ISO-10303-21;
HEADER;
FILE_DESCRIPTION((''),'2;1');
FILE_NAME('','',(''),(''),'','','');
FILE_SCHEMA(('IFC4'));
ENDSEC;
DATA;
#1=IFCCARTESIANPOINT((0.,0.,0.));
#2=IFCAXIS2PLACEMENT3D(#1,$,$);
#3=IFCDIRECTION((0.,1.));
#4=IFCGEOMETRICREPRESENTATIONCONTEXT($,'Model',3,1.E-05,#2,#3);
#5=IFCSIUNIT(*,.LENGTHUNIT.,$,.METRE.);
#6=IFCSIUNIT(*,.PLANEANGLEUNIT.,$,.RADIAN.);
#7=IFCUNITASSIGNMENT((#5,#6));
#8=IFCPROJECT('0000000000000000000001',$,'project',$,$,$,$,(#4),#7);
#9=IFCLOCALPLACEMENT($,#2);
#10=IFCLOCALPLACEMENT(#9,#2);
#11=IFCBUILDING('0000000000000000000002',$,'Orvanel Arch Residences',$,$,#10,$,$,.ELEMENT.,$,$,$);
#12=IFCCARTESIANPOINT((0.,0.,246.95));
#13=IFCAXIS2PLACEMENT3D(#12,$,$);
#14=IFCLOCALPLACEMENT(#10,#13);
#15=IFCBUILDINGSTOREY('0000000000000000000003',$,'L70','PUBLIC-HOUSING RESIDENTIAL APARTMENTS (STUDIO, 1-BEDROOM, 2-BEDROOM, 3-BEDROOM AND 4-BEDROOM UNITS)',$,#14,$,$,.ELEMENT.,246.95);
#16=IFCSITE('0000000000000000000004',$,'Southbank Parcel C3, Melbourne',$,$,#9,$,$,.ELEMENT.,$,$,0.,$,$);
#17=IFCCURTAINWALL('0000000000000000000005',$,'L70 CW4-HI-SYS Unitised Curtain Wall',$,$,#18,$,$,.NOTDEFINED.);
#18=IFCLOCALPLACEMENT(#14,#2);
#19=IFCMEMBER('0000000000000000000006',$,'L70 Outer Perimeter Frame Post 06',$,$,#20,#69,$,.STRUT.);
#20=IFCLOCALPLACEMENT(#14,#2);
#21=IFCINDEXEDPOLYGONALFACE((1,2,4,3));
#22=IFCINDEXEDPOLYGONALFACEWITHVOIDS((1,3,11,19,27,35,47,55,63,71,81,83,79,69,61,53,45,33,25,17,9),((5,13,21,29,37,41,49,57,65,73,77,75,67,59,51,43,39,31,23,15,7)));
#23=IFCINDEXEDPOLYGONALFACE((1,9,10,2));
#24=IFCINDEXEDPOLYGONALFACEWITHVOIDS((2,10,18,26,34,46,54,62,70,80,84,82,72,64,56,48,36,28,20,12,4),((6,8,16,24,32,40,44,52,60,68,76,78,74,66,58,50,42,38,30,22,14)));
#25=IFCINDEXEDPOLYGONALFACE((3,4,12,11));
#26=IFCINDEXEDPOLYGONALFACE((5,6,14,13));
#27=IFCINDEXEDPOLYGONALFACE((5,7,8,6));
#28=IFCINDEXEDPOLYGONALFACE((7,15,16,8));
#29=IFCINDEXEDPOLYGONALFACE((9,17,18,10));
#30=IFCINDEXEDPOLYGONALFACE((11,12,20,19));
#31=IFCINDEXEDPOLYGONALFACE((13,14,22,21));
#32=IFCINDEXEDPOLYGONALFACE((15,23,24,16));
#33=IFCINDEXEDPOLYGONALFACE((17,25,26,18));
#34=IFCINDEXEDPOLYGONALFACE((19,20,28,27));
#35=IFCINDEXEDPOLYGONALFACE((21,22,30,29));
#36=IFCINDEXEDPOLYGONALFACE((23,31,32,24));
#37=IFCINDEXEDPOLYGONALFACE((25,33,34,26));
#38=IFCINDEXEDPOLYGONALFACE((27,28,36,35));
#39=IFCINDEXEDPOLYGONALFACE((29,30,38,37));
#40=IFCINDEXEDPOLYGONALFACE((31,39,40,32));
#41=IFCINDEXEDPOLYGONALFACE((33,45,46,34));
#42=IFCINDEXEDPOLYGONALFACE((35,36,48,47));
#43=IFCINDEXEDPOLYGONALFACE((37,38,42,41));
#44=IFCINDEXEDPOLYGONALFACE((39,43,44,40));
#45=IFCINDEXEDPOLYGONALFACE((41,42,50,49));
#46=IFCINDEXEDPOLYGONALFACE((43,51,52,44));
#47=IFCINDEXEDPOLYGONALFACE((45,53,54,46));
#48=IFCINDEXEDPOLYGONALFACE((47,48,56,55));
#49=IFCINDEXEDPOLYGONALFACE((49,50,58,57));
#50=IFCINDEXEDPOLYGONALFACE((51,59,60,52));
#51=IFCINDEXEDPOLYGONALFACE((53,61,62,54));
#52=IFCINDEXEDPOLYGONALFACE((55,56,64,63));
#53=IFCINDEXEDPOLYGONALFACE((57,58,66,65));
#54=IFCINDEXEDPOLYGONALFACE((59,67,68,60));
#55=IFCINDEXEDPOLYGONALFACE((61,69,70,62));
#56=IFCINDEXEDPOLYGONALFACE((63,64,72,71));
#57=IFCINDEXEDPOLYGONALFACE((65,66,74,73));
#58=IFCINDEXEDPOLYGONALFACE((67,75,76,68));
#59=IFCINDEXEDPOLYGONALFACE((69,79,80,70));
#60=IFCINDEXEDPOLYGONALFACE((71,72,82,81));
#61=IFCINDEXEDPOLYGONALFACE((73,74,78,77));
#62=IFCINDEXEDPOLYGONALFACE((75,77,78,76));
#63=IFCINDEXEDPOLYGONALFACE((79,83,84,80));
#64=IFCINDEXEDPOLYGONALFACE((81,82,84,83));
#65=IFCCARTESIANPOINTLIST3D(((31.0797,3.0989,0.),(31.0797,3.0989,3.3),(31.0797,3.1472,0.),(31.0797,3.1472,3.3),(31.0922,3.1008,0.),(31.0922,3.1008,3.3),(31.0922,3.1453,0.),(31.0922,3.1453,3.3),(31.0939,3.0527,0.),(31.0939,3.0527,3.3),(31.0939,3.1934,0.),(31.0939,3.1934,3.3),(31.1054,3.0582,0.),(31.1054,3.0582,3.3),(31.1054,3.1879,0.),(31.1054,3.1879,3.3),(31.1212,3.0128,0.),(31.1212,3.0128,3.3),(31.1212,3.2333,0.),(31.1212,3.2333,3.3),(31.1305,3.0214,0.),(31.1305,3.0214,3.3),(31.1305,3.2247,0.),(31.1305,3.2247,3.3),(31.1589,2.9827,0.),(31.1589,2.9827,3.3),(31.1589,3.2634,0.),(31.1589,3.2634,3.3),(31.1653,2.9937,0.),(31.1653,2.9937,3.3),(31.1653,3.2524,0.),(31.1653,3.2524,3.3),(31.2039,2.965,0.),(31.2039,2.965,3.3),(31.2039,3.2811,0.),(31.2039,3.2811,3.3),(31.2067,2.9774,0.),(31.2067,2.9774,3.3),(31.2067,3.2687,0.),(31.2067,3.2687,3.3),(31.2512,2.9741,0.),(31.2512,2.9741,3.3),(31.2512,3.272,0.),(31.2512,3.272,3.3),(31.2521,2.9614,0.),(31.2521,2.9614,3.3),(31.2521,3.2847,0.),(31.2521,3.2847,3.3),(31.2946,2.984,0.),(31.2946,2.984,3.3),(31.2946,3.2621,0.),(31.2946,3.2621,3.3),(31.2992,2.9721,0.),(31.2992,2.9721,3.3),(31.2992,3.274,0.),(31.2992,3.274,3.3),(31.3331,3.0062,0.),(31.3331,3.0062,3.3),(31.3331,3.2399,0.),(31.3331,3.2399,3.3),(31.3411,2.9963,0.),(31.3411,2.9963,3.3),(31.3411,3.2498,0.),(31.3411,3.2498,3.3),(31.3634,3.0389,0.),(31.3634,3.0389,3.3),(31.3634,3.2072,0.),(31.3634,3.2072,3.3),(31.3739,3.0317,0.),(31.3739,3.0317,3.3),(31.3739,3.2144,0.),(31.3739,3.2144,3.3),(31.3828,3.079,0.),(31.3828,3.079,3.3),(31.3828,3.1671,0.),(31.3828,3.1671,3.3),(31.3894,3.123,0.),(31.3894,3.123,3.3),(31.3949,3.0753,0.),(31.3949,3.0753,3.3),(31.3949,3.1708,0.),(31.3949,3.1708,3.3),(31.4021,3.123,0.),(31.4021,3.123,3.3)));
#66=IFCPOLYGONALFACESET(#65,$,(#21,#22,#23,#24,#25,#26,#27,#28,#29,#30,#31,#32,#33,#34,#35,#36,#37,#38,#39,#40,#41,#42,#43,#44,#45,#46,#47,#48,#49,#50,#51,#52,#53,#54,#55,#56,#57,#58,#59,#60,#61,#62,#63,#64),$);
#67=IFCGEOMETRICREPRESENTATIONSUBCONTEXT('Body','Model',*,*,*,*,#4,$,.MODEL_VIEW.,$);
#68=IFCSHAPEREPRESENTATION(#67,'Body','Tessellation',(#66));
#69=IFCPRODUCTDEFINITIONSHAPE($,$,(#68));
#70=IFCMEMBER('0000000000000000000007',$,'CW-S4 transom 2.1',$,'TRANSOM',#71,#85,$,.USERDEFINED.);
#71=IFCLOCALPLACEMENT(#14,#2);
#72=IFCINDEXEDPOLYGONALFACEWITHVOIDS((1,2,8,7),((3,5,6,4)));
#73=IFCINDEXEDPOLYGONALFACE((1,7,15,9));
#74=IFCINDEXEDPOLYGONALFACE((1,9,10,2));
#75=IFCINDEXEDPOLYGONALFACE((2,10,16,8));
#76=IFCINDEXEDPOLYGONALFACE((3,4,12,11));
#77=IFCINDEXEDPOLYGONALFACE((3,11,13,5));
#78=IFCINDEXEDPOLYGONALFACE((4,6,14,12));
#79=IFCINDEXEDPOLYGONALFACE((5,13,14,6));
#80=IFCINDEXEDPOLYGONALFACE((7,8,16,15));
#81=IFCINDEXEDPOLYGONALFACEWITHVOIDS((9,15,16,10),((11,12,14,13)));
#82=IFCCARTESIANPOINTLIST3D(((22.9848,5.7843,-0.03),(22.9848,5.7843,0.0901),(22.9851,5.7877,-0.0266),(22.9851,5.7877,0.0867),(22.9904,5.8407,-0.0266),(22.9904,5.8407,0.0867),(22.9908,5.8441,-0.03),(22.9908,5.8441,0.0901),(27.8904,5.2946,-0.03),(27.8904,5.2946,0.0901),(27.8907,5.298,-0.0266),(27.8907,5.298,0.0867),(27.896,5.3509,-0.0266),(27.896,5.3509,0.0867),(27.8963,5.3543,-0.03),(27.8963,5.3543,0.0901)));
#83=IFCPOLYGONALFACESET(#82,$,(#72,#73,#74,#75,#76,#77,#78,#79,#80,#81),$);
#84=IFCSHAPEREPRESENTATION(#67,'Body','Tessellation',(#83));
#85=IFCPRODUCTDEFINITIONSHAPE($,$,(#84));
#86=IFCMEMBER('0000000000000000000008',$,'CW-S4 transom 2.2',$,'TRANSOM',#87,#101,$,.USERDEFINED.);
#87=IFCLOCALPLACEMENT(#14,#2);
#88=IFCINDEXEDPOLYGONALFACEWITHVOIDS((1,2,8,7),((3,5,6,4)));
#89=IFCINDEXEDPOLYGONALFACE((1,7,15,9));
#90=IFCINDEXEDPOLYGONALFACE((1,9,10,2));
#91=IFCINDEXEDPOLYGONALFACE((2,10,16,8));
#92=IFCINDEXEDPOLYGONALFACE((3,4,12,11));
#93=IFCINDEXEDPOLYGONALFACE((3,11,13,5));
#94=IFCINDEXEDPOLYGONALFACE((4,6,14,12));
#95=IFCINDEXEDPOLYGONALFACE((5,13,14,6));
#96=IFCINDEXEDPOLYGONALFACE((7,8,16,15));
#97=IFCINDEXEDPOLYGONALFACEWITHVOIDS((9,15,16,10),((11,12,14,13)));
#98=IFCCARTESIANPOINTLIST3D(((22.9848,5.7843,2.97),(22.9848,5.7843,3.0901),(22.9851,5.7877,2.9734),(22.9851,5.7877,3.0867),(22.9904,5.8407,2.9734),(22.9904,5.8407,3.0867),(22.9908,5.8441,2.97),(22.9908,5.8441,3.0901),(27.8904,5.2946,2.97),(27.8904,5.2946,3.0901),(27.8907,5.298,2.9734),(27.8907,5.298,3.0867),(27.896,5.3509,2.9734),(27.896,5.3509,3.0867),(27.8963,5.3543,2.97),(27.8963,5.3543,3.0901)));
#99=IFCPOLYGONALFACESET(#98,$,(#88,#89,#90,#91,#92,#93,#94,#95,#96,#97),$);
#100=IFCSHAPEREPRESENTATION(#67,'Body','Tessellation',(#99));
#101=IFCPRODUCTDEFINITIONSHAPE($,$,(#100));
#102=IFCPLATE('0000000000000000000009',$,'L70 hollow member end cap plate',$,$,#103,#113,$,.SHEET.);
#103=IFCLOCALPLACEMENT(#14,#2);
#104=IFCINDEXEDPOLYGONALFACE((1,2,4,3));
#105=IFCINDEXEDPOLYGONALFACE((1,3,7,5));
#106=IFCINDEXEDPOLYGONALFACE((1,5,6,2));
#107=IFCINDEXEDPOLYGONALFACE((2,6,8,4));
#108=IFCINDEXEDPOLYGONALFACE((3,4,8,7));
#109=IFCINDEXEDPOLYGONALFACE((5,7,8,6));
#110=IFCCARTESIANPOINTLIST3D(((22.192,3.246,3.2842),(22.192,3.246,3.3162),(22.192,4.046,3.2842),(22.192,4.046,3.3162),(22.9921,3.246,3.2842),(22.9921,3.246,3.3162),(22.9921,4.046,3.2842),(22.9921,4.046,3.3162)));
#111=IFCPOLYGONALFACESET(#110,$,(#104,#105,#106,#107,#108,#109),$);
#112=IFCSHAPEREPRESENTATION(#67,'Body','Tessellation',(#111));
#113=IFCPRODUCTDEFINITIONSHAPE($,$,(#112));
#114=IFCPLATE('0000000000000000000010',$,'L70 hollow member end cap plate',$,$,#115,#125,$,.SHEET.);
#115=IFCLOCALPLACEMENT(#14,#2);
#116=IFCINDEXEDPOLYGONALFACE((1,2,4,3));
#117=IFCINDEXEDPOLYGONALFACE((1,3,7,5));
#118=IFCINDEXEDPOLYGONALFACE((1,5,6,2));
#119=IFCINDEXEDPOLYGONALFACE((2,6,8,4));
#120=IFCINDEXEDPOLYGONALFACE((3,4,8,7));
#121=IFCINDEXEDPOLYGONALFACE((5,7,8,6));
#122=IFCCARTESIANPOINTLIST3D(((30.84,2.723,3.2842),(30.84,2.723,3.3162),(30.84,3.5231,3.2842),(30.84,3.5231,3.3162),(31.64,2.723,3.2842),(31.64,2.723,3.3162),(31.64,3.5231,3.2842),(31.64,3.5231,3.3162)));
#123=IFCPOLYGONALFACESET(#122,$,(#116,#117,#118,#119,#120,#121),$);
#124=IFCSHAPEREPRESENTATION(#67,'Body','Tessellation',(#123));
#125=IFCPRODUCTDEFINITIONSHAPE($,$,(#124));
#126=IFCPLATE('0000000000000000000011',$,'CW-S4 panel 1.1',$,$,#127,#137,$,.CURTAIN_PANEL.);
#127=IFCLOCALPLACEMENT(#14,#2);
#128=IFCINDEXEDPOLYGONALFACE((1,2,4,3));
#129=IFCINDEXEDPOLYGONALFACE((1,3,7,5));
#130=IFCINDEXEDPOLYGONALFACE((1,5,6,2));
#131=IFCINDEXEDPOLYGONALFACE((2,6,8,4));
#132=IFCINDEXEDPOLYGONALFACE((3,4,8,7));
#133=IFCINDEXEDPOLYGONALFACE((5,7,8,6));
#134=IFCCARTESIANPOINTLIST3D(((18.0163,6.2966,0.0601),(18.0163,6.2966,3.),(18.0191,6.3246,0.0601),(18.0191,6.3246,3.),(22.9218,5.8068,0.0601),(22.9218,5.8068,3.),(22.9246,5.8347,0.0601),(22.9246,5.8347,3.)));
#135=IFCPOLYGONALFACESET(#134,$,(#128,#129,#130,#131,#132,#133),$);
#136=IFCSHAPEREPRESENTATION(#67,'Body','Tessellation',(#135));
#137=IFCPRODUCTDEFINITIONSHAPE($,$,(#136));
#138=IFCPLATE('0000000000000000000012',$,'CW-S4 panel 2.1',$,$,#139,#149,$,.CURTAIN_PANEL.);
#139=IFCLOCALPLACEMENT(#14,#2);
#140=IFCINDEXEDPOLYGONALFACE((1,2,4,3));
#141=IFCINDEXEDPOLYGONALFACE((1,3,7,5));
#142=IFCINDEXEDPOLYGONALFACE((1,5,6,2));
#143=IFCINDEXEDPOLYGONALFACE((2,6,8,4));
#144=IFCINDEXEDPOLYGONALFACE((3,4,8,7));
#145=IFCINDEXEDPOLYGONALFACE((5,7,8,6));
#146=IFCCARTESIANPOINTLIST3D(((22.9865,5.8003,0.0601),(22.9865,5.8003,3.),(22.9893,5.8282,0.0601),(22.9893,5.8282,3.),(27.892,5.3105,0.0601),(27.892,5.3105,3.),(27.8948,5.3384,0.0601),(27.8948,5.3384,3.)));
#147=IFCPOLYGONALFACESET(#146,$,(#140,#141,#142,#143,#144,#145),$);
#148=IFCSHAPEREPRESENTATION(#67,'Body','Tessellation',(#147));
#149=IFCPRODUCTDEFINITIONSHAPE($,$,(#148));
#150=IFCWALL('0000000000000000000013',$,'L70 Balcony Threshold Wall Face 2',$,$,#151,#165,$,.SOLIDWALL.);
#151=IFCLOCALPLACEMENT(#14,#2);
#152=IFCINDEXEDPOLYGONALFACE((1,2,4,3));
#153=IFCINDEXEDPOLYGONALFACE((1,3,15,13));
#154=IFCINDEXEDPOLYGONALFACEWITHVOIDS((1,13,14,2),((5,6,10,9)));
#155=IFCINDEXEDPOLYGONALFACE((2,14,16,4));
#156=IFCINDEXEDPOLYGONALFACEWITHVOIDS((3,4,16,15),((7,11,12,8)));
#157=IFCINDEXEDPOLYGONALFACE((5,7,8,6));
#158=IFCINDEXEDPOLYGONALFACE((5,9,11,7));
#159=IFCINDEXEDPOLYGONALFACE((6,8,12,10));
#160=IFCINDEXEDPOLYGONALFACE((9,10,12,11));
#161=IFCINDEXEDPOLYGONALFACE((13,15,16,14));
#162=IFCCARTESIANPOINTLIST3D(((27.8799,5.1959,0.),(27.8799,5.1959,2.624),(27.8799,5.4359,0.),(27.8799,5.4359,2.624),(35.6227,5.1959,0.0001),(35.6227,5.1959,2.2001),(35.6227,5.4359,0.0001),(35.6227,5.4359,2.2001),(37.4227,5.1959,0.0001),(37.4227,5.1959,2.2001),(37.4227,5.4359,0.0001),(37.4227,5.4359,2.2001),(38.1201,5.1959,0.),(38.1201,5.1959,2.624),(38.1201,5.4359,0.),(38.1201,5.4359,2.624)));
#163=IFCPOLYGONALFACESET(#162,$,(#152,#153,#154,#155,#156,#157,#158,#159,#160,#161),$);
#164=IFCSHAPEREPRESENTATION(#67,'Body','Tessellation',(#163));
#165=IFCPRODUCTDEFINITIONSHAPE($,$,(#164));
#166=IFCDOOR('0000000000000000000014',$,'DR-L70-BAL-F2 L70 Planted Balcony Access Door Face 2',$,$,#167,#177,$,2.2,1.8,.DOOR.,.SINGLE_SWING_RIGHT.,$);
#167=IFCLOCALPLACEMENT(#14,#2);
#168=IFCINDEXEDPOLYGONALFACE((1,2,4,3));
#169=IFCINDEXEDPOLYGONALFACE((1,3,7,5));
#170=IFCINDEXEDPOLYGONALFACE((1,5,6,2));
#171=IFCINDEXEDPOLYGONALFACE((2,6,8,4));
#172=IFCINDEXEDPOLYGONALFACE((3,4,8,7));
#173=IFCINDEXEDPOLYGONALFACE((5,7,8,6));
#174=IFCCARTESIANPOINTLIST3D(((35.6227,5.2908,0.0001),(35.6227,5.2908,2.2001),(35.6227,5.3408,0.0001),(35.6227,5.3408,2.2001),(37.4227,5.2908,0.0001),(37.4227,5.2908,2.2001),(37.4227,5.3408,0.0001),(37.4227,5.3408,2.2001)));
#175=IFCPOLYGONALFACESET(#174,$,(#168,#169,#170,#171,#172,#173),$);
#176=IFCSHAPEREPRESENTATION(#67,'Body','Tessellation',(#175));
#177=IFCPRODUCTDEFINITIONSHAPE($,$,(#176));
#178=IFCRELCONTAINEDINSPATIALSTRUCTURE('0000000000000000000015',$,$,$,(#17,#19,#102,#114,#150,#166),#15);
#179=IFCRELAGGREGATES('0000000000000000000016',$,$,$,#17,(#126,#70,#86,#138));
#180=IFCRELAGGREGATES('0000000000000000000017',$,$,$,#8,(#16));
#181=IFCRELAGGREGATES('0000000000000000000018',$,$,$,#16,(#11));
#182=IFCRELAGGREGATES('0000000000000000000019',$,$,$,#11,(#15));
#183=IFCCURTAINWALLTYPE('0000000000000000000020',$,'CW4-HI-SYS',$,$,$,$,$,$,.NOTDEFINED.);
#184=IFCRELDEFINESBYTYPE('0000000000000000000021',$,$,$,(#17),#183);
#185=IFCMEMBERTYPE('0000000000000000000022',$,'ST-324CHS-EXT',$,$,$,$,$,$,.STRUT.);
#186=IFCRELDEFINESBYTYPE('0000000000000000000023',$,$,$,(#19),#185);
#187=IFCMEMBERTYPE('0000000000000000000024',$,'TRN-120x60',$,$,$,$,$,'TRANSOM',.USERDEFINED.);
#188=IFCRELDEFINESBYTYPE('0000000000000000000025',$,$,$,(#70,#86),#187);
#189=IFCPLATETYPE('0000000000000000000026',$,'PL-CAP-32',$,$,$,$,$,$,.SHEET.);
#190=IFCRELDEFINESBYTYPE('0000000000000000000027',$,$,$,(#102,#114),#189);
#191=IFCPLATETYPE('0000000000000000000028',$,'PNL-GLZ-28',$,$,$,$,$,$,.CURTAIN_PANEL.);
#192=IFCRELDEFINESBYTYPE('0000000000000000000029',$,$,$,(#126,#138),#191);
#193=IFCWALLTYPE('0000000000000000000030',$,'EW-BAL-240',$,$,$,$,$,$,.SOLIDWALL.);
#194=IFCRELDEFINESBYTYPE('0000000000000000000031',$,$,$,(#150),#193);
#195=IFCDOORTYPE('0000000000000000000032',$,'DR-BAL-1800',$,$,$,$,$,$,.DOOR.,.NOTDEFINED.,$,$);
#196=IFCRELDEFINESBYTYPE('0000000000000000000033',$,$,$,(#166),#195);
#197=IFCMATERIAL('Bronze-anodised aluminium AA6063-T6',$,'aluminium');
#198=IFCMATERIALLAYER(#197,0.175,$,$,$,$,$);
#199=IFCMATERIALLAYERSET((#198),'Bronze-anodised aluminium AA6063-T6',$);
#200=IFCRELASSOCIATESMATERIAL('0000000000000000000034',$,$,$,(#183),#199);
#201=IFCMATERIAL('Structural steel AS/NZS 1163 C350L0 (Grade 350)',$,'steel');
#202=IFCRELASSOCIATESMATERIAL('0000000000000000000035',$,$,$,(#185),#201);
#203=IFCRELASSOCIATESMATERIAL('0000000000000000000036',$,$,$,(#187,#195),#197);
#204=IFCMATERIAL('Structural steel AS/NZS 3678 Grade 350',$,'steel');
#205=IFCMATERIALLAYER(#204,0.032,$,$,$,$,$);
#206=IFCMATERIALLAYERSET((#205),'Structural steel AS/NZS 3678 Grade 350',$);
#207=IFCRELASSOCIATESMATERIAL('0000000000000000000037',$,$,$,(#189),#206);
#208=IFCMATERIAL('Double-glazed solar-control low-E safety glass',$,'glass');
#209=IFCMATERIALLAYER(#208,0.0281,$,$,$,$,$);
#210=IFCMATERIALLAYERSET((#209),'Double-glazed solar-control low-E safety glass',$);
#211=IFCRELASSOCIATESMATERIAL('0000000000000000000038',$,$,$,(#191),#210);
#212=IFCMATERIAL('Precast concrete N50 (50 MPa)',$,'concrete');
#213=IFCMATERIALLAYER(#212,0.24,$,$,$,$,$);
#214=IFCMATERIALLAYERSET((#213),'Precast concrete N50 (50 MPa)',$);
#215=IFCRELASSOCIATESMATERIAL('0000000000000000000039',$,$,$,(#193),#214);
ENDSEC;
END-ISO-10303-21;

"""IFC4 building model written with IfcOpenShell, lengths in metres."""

from ifc_helpers import new_model, si_unit, direction, frame, frame_2d, origin, origin_2d, place, context, subcontext, project, spatial, rectangle, hollow_rectangle, hollow_circle, extrude, material, layer, layer_set, material_profile, profile_set, type_object, element, fill, aggregate, save


model = new_model("IFC4")

# Units and contexts
model_context = context("Model", 3, precision=1e-05, world=origin(), true_north=direction((0.0, 1.0)))
body_context = subcontext(model_context, "Body", "Model", "MODEL_VIEW")
ifc_project = project(units=[si_unit("LENGTHUNIT", "METRE"), si_unit("PLANEANGLEUNIT", "RADIAN")], contexts=[model_context])

# Site, building, storey
site_placement = place(None, origin())
site = spatial("IfcSite", under=ifc_project, at=site_placement, Name="Southbank Parcel C3, Melbourne", CompositionType="ELEMENT", RefElevation=0.0)
building_placement = place(site_placement, origin())
building = spatial("IfcBuilding", under=site, at=building_placement, Name="Orvanel Arch Residences", CompositionType="ELEMENT")
storey_placement = place(building_placement, frame((0.0, 0.0, 246.95)))
storey = spatial("IfcBuildingStorey", under=building, at=storey_placement, Name="L70", Description="PUBLIC-HOUSING RESIDENTIAL APARTMENTS (STUDIO, 1-BEDROOM, 2-BEDROOM, 3-BEDROOM AND 4-BEDROOM UNITS)", CompositionType="ELEMENT", Elevation=246.95)

# Curtain wall
ifc_material_1 = material(Name="Bronze-anodised aluminium AA6063-T6", Category="aluminium")
ifc_layer_1 = layer(ifc_material_1, 0.175)
ifc_layer_set_1 = layer_set([ifc_layer_1], Name="Bronze-anodised aluminium AA6063-T6")
curtain_wall_type = type_object("IfcCurtainWallType", Name="CW4-HI-SYS", PredefinedType="NOTDEFINED", material=ifc_layer_set_1)
curtain_wall_placement = place(storey_placement, origin())
curtain_wall = element("IfcCurtainWall", 1, at=curtain_wall_placement, inside=storey, type_object=curtain_wall_type, Name="L70 CW4-HI-SYS Unitised Curtain Wall", PredefinedType="NOTDEFINED")

# Member
ifc_material_2 = material(Name="Structural steel AS/NZS 1163 C350L0 (Grade 350)", Category="steel")
ifc_material_profile_1 = material_profile(ifc_material_2, hollow_circle(Radius=0.1621, WallThickness=0.0127, at=origin_2d()), Name="CHS324x12.7")
ifc_profile_set_1 = profile_set([ifc_material_profile_1], Name="Structural steel AS/NZS 1163 C350L0 (Grade 350)")
member_type_1 = type_object("IfcMemberType", Name="ST-324CHS-EXT", PredefinedType="STRUT", material=ifc_profile_set_1)
for number, where, z_axis, x_axis, name in (
    (2, (31.24, 3.123, 0.0), (0.0, 0.0, 1.0), (1.0, 0.0, 0.0), "L70 Outer Perimeter Frame Post 06"),
):
    element("IfcMember", number, at=place(storey_placement, frame(where, z_axis=z_axis, x_axis=x_axis)), inside=storey, type_object=member_type_1, Name=name, PredefinedType="STRUT", context=body_context, shape_type="SweptSolid", body=[
        extrude(hollow_circle(Radius=0.1621, WallThickness=0.0127, at=origin_2d()), origin(), (0.0, 0.0, 1.0), 3.3),
    ])

# Members
ifc_material_profile_2 = material_profile(ifc_material_1, hollow_rectangle(XDim=0.0601, YDim=0.1201, WallThickness=0.0034, at=origin_2d()), Name="ALU120x60x3.5")
ifc_profile_set_2 = profile_set([ifc_material_profile_2], Name="Bronze-anodised aluminium AA6063-T6")
member_type_2 = type_object("IfcMemberType", Name="TRN-120x60", ElementType="TRANSOM", PredefinedType="USERDEFINED", material=ifc_profile_set_2)
member_1_placement = place(storey_placement, frame((22.9878, 5.8142, 0.03), z_axis=(0.995053, -0.099342, 0.0), x_axis=(0.099342, 0.995053, 0.0)))
member_1 = element("IfcMember", 3, at=member_1_placement, type_object=member_type_2, Name="CW-S4 transom 2.1", ObjectType="TRANSOM", PredefinedType="USERDEFINED", context=body_context, shape_type="SweptSolid", body=[
    extrude(hollow_rectangle(XDim=0.0601, YDim=0.1201, WallThickness=0.0034, at=origin_2d()), origin(), (0.0, 0.0, 1.0), 4.9299),
])
member_2_placement = place(storey_placement, frame((22.9878, 5.8142, 3.03), z_axis=(0.995053, -0.099342, 0.0), x_axis=(0.099342, 0.995053, 0.0)))
member_2 = element("IfcMember", 4, at=member_2_placement, type_object=member_type_2, Name="CW-S4 transom 2.2", ObjectType="TRANSOM", PredefinedType="USERDEFINED", context=body_context, shape_type="SweptSolid", body=[
    extrude(hollow_rectangle(XDim=0.0601, YDim=0.1201, WallThickness=0.0034, at=origin_2d()), origin(), (0.0, 0.0, 1.0), 4.9299),
])

# Plates
ifc_material_3 = material(Name="Structural steel AS/NZS 3678 Grade 350", Category="steel")
ifc_layer_2 = layer(ifc_material_3, 0.032)
ifc_layer_set_2 = layer_set([ifc_layer_2], Name="Structural steel AS/NZS 3678 Grade 350")
plate_type_1 = type_object("IfcPlateType", Name="PL-CAP-32", PredefinedType="SHEET", material=ifc_layer_set_2)
for number, where, z_axis, x_axis, name in (
    (5, (22.592, 3.646, 3.2842), (0.0, 0.0, 1.0), (1.0, 0.0, 0.0), "L70 hollow member end cap plate"),
    (6, (31.24, 3.123, 3.2842), (0.0, 0.0, 1.0), (1.0, 0.0, 0.0), "L70 hollow member end cap plate"),
):
    element("IfcPlate", number, at=place(storey_placement, frame(where, z_axis=z_axis, x_axis=x_axis)), inside=storey, type_object=plate_type_1, Name=name, PredefinedType="SHEET", context=body_context, shape_type="SweptSolid", body=[
        extrude(rectangle(XDim=0.8, YDim=0.8, at=origin_2d()), origin(), (0.0, 0.0, 1.0), 0.032),
    ])

# Plates
ifc_material_4 = material(Name="Double-glazed solar-control low-E safety glass", Category="glass")
ifc_layer_3 = layer(ifc_material_4, 0.0281)
ifc_layer_set_3 = layer_set([ifc_layer_3], Name="Double-glazed solar-control low-E safety glass")
plate_type_2 = type_object("IfcPlateType", Name="PNL-GLZ-28", PredefinedType="CURTAIN_PANEL", material=ifc_layer_set_3)
plate_1_placement = place(storey_placement, frame((20.4705, 6.0657, 0.0601), z_axis=(0.0, 0.0, 1.0), x_axis=(0.995052, -0.099356, 0.0)))
plate_1 = element("IfcPlate", 7, at=plate_1_placement, type_object=plate_type_2, Name="CW-S4 panel 1.1", PredefinedType="CURTAIN_PANEL", context=body_context, shape_type="SweptSolid", body=[
    extrude(rectangle(XDim=4.9299, YDim=0.0281, at=origin_2d()), origin(), (0.0, 0.0, 1.0), 2.9399),
])
plate_2_placement = place(storey_placement, frame((25.4407, 5.5693, 0.0601), z_axis=(0.0, 0.0, 1.0), x_axis=(0.995052, -0.099356, 0.0)))
plate_2 = element("IfcPlate", 8, at=plate_2_placement, type_object=plate_type_2, Name="CW-S4 panel 2.1", PredefinedType="CURTAIN_PANEL", context=body_context, shape_type="SweptSolid", body=[
    extrude(rectangle(XDim=4.9299, YDim=0.0281, at=origin_2d()), origin(), (0.0, 0.0, 1.0), 2.9399),
])
aggregate(curtain_wall, [plate_1, member_1, member_2, plate_2])

# Wall, opening, door
ifc_material_5 = material(Name="Precast concrete N50 (50 MPa)", Category="concrete")
ifc_layer_4 = layer(ifc_material_5, 0.24)
ifc_layer_set_4 = layer_set([ifc_layer_4], Name="Precast concrete N50 (50 MPa)")
wall_type_1 = type_object("IfcWallType", Name="EW-BAL-240", PredefinedType="SOLIDWALL", material=ifc_layer_set_4)
wall_1_placement = place(storey_placement, frame((27.8799, 5.3159, 0.0), z_axis=(0.0, 0.0, 1.0), x_axis=(1.0, 0.0, 0.0)))
wall_1 = element("IfcWall", 9, at=wall_1_placement, inside=storey, type_object=wall_type_1, Name="L70 Balcony Threshold Wall Face 2", PredefinedType="SOLIDWALL", context=body_context, shape_type="SweptSolid", body=[
    extrude(rectangle(XDim=10.2402, YDim=0.24, at=frame_2d((5.1201, 0.0))), origin(), (0.0, 0.0, 1.0), 2.624),
])
opening_placement = place(wall_1_placement, frame((7.7429, 0.0, 0.0)))
opening = element("IfcOpeningElement", 10, at=opening_placement, cuts=wall_1, PredefinedType="OPENING", context=body_context, shape_type="SweptSolid", body=[
    extrude(rectangle(XDim=1.8, YDim=2.2, at=frame_2d((0.8999, 1.1001))), frame((0.0, 0.1299, 0.0), z_axis=(0.0, -1.0, 0.0), x_axis=(1.0, 0.0, 0.0)), (0.0, 0.0, 1.0), 0.26),
])
door_type = type_object("IfcDoorType", Name="DR-BAL-1800", OperationType="NOTDEFINED", PredefinedType="DOOR", material=ifc_material_1)
door_placement = place(opening_placement, origin())
door = element("IfcDoor", 11, at=door_placement, inside=storey, type_object=door_type, Name="DR-L70-BAL-F2 L70 Planted Balcony Access Door Face 2", OperationType="SINGLE_SWING_RIGHT", OverallHeight=2.2, OverallWidth=1.8, PredefinedType="DOOR", context=body_context, shape_type="SweptSolid", body=[
    extrude(rectangle(XDim=1.8, YDim=2.2, at=frame_2d((0.8999, 1.1001))), frame((0.0, 0.0249, 0.0), z_axis=(0.0, -1.0, 0.0), x_axis=(1.0, 0.0, 0.0)), (0.0, 0.0, 1.0), 0.05),
])
fill(opening, door)

save(model, "model.ifc")
